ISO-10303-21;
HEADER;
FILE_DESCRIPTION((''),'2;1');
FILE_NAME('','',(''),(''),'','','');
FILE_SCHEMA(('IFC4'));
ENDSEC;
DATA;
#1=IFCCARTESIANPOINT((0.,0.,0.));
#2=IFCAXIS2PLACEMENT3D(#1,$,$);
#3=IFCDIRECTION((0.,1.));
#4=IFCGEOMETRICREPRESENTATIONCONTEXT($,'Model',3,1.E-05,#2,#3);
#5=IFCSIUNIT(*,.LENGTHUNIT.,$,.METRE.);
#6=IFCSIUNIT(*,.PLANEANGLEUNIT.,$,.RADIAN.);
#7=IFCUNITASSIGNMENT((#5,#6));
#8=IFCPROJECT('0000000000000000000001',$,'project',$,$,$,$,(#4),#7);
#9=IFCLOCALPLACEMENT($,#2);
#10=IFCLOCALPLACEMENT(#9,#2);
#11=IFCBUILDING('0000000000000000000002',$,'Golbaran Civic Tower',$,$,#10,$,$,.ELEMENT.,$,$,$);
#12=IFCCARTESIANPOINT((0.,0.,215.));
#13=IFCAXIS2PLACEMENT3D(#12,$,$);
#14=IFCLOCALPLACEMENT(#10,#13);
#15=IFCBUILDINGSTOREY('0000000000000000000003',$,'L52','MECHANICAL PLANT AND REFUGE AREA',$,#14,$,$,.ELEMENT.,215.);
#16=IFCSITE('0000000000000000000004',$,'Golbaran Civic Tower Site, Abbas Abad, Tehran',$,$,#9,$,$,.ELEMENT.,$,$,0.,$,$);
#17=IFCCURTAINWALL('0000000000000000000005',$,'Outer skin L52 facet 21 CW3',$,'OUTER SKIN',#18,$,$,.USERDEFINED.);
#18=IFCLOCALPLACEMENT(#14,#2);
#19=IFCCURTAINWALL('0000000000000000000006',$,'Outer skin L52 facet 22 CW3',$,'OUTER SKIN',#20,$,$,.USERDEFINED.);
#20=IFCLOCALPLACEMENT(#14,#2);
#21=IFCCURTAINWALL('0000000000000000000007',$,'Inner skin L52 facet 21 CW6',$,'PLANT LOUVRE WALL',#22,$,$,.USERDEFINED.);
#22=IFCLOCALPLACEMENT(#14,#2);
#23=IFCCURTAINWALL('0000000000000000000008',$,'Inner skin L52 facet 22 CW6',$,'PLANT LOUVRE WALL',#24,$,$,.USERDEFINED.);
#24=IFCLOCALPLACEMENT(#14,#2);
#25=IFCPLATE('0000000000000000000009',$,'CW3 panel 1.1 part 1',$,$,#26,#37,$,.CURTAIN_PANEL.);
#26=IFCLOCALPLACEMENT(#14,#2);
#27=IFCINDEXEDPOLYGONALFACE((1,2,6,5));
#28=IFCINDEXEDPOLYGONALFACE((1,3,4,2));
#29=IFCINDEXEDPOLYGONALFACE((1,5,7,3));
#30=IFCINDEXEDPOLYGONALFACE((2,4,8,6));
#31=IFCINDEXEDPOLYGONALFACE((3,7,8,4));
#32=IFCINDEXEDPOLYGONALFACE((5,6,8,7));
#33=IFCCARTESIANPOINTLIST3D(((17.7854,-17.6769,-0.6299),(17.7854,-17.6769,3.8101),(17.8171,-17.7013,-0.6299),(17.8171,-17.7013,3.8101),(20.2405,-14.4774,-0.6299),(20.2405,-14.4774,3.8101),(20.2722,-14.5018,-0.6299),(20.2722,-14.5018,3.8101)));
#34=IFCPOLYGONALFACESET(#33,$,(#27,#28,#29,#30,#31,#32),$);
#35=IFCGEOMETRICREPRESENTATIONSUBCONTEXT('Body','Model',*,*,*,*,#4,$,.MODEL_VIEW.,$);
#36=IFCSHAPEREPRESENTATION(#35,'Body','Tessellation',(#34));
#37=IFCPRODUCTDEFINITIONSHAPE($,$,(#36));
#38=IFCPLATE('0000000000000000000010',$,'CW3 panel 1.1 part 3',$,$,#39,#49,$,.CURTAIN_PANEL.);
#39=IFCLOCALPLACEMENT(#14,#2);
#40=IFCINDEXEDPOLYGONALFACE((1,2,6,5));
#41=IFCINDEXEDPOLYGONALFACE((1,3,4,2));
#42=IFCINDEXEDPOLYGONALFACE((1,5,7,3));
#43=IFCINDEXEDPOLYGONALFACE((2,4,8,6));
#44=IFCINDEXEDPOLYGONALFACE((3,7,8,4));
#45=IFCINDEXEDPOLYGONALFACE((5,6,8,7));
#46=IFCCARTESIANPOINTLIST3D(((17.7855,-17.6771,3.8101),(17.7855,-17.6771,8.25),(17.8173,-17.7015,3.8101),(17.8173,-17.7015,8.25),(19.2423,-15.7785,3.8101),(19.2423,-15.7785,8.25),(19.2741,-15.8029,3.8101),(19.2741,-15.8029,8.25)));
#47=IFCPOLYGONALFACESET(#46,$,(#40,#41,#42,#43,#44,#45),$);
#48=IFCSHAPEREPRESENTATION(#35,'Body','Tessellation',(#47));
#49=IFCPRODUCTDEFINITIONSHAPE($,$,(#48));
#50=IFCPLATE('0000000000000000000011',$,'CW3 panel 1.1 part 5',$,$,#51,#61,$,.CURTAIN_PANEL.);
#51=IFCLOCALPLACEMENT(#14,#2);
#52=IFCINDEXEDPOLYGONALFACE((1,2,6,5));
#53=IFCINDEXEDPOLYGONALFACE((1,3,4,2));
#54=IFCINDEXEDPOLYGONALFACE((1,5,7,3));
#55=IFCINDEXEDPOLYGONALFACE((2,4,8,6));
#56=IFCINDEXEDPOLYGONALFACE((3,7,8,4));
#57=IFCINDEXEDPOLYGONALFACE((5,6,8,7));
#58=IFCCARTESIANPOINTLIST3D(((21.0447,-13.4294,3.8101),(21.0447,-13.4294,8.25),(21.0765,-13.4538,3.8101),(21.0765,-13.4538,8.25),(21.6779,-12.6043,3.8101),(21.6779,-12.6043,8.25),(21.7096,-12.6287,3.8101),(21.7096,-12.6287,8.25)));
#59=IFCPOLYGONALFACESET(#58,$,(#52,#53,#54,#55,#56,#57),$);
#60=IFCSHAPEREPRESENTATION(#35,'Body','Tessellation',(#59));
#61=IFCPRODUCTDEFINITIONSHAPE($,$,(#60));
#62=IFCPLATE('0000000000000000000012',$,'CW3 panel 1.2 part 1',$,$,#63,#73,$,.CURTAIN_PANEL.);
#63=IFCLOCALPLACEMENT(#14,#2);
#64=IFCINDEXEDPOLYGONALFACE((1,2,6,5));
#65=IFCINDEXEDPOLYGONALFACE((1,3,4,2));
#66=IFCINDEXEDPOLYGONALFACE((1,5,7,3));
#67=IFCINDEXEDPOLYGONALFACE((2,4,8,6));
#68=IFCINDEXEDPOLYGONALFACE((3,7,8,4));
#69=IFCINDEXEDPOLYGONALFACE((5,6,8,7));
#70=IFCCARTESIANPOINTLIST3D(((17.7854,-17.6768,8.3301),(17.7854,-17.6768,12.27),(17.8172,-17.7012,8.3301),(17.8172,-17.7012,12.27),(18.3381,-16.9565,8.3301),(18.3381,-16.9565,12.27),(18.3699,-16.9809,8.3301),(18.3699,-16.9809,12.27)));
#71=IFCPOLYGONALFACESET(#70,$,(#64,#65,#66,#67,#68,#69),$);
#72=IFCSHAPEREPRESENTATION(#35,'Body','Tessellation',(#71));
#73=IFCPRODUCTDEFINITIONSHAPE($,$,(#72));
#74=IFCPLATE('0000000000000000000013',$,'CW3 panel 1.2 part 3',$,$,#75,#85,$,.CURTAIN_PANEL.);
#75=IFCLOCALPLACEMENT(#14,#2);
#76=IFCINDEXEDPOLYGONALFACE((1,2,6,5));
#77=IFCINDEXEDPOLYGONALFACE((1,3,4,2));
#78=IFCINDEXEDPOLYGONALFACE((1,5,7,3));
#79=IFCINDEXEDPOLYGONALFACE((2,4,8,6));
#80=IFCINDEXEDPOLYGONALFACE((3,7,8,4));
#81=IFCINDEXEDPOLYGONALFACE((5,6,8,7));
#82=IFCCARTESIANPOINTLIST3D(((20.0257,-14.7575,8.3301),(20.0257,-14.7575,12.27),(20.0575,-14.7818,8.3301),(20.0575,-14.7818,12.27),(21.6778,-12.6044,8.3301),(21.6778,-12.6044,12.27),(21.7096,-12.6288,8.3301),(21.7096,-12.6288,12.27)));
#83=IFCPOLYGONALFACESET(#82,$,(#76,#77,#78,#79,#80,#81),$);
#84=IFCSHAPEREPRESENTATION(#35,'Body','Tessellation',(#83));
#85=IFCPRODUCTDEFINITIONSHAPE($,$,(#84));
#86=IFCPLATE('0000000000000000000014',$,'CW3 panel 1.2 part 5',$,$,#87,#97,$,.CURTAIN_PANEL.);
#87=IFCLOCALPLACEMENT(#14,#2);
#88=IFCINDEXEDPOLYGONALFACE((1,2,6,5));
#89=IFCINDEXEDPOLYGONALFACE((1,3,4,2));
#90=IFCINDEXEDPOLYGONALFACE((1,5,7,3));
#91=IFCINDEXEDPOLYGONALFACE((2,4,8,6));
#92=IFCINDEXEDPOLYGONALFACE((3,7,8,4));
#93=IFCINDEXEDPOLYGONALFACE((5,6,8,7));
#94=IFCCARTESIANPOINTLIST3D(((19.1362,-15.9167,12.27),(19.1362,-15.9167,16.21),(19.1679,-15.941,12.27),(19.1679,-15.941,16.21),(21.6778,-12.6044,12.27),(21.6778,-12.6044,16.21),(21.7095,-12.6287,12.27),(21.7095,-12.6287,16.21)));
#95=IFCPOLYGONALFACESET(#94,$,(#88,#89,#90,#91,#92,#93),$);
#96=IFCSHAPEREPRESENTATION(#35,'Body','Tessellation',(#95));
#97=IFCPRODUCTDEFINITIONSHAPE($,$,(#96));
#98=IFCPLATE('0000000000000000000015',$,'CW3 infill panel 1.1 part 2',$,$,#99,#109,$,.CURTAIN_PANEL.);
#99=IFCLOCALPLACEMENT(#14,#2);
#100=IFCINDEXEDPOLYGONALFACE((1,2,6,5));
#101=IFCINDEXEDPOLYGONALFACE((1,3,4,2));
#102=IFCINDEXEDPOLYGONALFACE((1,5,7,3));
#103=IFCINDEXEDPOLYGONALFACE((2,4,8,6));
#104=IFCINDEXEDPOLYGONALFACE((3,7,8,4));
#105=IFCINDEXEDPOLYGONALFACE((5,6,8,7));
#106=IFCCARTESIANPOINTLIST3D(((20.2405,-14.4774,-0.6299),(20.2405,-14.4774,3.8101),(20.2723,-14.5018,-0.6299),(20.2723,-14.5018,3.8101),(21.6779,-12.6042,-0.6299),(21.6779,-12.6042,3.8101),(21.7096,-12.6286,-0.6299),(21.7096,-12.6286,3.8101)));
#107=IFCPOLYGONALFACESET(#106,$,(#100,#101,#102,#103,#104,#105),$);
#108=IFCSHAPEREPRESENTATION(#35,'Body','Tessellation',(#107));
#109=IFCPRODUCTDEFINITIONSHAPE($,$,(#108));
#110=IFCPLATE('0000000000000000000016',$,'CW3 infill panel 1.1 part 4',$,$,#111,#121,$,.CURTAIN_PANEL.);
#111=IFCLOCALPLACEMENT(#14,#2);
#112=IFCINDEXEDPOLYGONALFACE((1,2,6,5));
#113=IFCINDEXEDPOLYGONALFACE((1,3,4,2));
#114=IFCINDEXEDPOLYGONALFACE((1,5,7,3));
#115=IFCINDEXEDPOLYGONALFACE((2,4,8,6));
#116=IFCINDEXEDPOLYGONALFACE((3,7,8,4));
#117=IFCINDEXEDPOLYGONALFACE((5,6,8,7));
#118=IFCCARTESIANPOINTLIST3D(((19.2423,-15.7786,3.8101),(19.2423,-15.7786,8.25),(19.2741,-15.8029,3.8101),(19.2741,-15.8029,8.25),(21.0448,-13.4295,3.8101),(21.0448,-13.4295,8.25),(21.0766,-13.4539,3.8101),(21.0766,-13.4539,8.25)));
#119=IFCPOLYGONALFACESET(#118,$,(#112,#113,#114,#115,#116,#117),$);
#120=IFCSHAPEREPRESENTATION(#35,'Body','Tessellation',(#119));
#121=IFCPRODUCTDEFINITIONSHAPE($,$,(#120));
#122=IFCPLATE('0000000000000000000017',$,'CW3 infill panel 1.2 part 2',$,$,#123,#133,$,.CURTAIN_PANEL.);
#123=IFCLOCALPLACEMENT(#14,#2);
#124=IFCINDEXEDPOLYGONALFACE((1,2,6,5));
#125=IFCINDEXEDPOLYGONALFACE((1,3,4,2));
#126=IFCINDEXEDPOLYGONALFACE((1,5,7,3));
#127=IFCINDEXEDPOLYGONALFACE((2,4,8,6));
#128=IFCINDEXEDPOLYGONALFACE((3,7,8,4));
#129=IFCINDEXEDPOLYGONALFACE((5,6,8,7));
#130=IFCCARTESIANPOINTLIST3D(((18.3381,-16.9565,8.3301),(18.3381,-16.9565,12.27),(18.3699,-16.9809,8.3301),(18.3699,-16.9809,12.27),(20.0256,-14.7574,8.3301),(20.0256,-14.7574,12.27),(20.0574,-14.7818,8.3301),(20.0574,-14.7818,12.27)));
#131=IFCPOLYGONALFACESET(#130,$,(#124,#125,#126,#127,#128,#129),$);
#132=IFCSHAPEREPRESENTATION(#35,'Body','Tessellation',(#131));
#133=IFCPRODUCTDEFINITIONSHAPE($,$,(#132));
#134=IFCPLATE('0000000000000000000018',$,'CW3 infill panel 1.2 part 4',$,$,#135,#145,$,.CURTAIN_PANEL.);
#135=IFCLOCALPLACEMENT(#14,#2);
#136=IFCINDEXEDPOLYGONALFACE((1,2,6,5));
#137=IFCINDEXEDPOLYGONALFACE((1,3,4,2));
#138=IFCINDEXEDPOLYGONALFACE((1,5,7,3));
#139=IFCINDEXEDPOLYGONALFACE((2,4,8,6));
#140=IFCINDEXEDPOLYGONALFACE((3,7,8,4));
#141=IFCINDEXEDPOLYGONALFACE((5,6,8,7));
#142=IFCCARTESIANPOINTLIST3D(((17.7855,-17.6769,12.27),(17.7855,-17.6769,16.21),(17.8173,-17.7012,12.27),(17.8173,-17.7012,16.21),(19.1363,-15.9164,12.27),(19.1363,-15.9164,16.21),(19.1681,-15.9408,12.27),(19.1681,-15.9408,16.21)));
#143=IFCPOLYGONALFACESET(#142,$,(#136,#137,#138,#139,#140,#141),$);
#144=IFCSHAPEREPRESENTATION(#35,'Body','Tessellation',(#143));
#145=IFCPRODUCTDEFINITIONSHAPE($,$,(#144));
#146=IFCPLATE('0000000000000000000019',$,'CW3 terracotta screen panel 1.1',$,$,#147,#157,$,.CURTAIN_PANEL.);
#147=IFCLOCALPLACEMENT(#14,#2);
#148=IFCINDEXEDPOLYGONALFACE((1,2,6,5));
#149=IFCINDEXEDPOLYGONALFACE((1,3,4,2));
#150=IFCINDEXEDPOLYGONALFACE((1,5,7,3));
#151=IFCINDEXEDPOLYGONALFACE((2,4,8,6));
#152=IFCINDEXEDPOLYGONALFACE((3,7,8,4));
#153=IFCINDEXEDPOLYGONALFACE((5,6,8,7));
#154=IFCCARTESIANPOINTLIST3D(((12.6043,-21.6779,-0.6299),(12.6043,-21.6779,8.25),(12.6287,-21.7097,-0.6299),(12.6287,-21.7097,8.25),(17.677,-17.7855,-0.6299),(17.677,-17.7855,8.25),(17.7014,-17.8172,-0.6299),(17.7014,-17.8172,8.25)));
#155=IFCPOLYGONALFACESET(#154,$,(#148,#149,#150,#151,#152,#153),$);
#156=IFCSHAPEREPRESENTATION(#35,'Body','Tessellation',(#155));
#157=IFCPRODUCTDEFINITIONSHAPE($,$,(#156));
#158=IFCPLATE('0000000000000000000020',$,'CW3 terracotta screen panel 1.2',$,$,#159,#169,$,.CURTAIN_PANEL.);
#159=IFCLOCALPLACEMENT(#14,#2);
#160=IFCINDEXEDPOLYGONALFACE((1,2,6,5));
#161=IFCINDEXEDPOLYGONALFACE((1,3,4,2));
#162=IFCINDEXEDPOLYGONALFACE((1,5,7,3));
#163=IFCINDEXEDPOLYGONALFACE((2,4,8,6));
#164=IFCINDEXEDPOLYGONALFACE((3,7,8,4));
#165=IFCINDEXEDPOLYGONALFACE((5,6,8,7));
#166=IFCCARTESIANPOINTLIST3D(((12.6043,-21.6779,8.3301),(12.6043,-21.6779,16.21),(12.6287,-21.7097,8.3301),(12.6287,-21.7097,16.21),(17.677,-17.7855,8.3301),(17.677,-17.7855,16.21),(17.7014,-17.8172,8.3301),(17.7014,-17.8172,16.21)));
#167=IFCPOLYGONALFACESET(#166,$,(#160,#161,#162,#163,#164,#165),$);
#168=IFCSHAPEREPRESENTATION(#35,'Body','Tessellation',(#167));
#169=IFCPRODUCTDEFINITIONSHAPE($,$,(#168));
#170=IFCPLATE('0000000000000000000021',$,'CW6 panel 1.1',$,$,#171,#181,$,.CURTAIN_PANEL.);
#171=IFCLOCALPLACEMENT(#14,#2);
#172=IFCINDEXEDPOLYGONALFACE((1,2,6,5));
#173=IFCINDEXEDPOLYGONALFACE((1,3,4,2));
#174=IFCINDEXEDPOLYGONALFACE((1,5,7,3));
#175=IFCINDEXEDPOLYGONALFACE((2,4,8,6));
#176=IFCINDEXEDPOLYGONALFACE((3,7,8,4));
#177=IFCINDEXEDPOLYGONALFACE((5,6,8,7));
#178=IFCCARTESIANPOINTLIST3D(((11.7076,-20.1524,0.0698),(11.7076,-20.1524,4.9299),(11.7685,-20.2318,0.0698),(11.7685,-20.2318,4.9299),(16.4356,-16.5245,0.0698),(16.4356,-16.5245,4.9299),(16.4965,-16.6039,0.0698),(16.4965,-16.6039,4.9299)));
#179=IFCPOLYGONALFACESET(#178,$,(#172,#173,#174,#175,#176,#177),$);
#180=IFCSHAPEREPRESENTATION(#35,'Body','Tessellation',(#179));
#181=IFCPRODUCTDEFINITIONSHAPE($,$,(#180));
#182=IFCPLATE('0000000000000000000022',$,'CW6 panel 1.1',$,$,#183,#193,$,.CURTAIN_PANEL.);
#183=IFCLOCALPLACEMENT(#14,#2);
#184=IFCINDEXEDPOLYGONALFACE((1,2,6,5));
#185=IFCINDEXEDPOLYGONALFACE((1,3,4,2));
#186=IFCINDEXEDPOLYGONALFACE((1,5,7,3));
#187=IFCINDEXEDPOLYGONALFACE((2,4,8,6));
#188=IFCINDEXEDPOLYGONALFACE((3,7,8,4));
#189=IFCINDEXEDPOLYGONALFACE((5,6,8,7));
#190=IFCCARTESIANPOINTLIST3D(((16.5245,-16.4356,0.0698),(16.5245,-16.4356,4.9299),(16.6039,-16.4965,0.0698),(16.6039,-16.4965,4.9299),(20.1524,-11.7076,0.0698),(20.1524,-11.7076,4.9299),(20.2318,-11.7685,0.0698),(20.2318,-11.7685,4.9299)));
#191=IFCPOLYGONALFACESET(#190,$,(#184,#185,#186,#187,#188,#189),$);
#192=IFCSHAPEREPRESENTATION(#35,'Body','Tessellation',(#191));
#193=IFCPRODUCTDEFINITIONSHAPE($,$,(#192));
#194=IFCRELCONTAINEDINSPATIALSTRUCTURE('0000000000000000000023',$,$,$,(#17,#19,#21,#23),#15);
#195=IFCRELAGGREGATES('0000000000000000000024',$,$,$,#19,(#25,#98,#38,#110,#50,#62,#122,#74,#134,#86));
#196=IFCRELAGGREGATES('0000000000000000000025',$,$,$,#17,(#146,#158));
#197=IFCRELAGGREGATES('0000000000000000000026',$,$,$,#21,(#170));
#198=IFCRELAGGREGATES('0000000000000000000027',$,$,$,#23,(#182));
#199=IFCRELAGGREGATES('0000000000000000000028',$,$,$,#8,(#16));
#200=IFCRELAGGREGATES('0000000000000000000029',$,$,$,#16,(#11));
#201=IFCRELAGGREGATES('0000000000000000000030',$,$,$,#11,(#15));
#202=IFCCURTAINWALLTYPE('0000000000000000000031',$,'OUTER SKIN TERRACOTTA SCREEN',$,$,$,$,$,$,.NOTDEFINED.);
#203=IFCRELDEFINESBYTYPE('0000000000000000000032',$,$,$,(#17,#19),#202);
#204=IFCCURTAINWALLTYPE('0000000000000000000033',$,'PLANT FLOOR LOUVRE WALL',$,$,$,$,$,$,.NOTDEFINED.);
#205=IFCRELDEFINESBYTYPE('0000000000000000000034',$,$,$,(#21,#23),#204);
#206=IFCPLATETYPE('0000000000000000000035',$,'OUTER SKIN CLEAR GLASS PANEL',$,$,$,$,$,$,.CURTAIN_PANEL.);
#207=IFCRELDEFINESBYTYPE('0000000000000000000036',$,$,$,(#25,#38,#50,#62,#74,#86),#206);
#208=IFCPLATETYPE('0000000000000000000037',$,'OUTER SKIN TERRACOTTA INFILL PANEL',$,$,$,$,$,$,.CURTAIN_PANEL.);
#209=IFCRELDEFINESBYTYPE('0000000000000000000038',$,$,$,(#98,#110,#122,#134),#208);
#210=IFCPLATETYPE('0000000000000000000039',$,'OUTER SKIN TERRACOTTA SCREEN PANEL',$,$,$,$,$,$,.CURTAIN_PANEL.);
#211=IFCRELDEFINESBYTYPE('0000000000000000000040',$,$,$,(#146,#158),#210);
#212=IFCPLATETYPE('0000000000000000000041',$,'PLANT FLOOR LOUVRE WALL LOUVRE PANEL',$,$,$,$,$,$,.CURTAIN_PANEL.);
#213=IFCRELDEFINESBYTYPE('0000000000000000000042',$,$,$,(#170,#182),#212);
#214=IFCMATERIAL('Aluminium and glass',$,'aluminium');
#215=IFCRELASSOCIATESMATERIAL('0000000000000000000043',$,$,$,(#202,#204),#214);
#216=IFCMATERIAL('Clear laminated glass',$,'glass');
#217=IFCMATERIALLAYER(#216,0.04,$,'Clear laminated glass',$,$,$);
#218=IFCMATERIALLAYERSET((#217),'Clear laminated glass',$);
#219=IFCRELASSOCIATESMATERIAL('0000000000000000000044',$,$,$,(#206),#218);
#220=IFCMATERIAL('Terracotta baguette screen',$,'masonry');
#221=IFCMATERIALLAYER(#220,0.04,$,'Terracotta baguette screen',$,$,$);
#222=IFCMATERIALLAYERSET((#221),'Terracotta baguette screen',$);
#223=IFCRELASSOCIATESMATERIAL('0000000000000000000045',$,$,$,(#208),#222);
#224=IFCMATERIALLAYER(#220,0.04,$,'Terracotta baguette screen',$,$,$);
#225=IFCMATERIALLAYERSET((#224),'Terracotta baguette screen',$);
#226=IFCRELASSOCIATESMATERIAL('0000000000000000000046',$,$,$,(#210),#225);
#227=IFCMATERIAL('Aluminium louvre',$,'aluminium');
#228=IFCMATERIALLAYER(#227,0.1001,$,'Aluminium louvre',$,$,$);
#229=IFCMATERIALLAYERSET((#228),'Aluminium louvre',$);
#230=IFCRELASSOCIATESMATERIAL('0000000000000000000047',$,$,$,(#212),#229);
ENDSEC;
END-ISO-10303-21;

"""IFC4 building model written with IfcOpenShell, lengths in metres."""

from ifc_helpers import new_model, si_unit, direction, frame, origin, origin_2d, place, context, subcontext, project, spatial, rectangle, extrude, material, layer, layer_set, type_object, element, aggregate, save


model = new_model("IFC4")

# Units and contexts
model_context = context("Model", 3, precision=1e-05, world=origin(), true_north=direction((0.0, 1.0)))
body_context = subcontext(model_context, "Body", "Model", "MODEL_VIEW")
ifc_project = project(units=[si_unit("LENGTHUNIT", "METRE"), si_unit("PLANEANGLEUNIT", "RADIAN")], contexts=[model_context])

# Site, building, storey
site_placement = place(None, origin())
site = spatial("IfcSite", under=ifc_project, at=site_placement, Name="Golbaran Civic Tower Site, Abbas Abad, Tehran", CompositionType="ELEMENT", RefElevation=0.0)
building_placement = place(site_placement, origin())
building = spatial("IfcBuilding", under=site, at=building_placement, Name="Golbaran Civic Tower", CompositionType="ELEMENT")
storey_placement = place(building_placement, frame((0.0, 0.0, 215.0)))
storey = spatial("IfcBuildingStorey", under=building, at=storey_placement, Name="L52", Description="MECHANICAL PLANT AND REFUGE AREA", CompositionType="ELEMENT", Elevation=215.0)

# Curtain walls
ifc_material_1 = material(Name="Aluminium and glass", Category="aluminium")
curtain_wall_type_1 = type_object("IfcCurtainWallType", Name="OUTER SKIN TERRACOTTA SCREEN", PredefinedType="NOTDEFINED", material=ifc_material_1)
curtain_wall_1_placement = place(storey_placement, origin())
curtain_wall_1 = element("IfcCurtainWall", 1, at=curtain_wall_1_placement, inside=storey, type_object=curtain_wall_type_1, Name="Outer skin L52 facet 21 CW3", ObjectType="OUTER SKIN", PredefinedType="USERDEFINED")
curtain_wall_2_placement = place(storey_placement, origin())
curtain_wall_2 = element("IfcCurtainWall", 2, at=curtain_wall_2_placement, inside=storey, type_object=curtain_wall_type_1, Name="Outer skin L52 facet 22 CW3", ObjectType="OUTER SKIN", PredefinedType="USERDEFINED")

# Curtain wall
curtain_wall_type_2 = type_object("IfcCurtainWallType", Name="PLANT FLOOR LOUVRE WALL", PredefinedType="NOTDEFINED", material=ifc_material_1)
curtain_wall_3_placement = place(storey_placement, origin())
curtain_wall_3 = element("IfcCurtainWall", 3, at=curtain_wall_3_placement, inside=storey, type_object=curtain_wall_type_2, Name="Inner skin L52 facet 21 CW6", ObjectType="PLANT LOUVRE WALL", PredefinedType="USERDEFINED")

# Curtain wall
curtain_wall_4_placement = place(storey_placement, origin())
curtain_wall_4 = element("IfcCurtainWall", 4, at=curtain_wall_4_placement, inside=storey, type_object=curtain_wall_type_2, Name="Inner skin L52 facet 22 CW6", ObjectType="PLANT LOUVRE WALL", PredefinedType="USERDEFINED")

# Plates
ifc_material_2 = material(Name="Clear laminated glass", Category="glass")
ifc_layer_1 = layer(ifc_material_2, 0.04, Name="Clear laminated glass")
ifc_layer_set_1 = layer_set([ifc_layer_1], Name="Clear laminated glass")
plate_type_1 = type_object("IfcPlateType", Name="OUTER SKIN CLEAR GLASS PANEL", PredefinedType="CURTAIN_PANEL", material=ifc_layer_set_1)
plate_1_placement = place(storey_placement, frame((19.0288, -16.0894, -0.6299), z_axis=(0.0, 0.0, 1.0), x_axis=(0.608761, 0.793353, 0.0)))
plate_1 = element("IfcPlate", 5, at=plate_1_placement, type_object=plate_type_1, Name="CW3 panel 1.1 part 1", PredefinedType="CURTAIN_PANEL", context=body_context, shape_type="SweptSolid", body=[
    extrude(rectangle(XDim=4.033, YDim=0.04, at=origin_2d()), origin(), (0.0, 0.0, 1.0), 4.4399),
])
plate_2_placement = place(storey_placement, frame((18.5298, -16.74, 3.8101), z_axis=(0.0, 0.0, 1.0), x_axis=(0.608761, 0.793353, 0.0)))
plate_2 = element("IfcPlate", 6, at=plate_2_placement, type_object=plate_type_1, Name="CW3 panel 1.1 part 3", PredefinedType="CURTAIN_PANEL", context=body_context, shape_type="SweptSolid", body=[
    extrude(rectangle(XDim=2.3931, YDim=0.04, at=origin_2d()), origin(), (0.0, 0.0, 1.0), 4.4399),
])
plate_3_placement = place(storey_placement, frame((21.3772, -13.0291, 3.8101), z_axis=(0.0, 0.0, 1.0), x_axis=(0.608761, 0.793353, 0.0)))
plate_3 = element("IfcPlate", 7, at=plate_3_placement, type_object=plate_type_1, Name="CW3 panel 1.1 part 5", PredefinedType="CURTAIN_PANEL", context=body_context, shape_type="SweptSolid", body=[
    extrude(rectangle(XDim=1.04, YDim=0.04, at=origin_2d()), origin(), (0.0, 0.0, 1.0), 4.4399),
])
plate_4_placement = place(storey_placement, frame((18.0776, -17.3289, 8.3301), z_axis=(0.0, 0.0, 1.0), x_axis=(0.608761, 0.793353, 0.0)))
plate_4 = element("IfcPlate", 8, at=plate_4_placement, type_object=plate_type_1, Name="CW3 panel 1.2 part 1", PredefinedType="CURTAIN_PANEL", context=body_context, shape_type="SweptSolid", body=[
    extrude(rectangle(XDim=0.908, YDim=0.04, at=origin_2d()), origin(), (0.0, 0.0, 1.0), 3.9399),
])
plate_5_placement = place(storey_placement, frame((20.8677, -13.6931, 8.3301), z_axis=(0.0, 0.0, 1.0), x_axis=(0.608761, 0.793353, 0.0)))
plate_5 = element("IfcPlate", 9, at=plate_5_placement, type_object=plate_type_1, Name="CW3 panel 1.2 part 3", PredefinedType="CURTAIN_PANEL", context=body_context, shape_type="SweptSolid", body=[
    extrude(rectangle(XDim=2.7139, YDim=0.04, at=origin_2d()), origin(), (0.0, 0.0, 1.0), 3.9399),
])
plate_6_placement = place(storey_placement, frame((20.4229, -14.2727, 12.27), z_axis=(0.0, 0.0, 1.0), x_axis=(0.608761, 0.793353, 0.0)))
plate_6 = element("IfcPlate", 10, at=plate_6_placement, type_object=plate_type_1, Name="CW3 panel 1.2 part 5", PredefinedType="CURTAIN_PANEL", context=body_context, shape_type="SweptSolid", body=[
    extrude(rectangle(XDim=4.175, YDim=0.04, at=origin_2d()), origin(), (0.0, 0.0, 1.0), 3.9399),
])
ifc_material_3 = material(Name="Terracotta baguette screen", Category="masonry")
ifc_layer_2 = layer(ifc_material_3, 0.04, Name="Terracotta baguette screen")
ifc_layer_set_2 = layer_set([ifc_layer_2], Name="Terracotta baguette screen")
plate_type_2 = type_object("IfcPlateType", Name="OUTER SKIN TERRACOTTA INFILL PANEL", PredefinedType="CURTAIN_PANEL", material=ifc_layer_set_2)
plate_7_placement = place(storey_placement, frame((20.9751, -13.553, -0.6299), z_axis=(0.0, 0.0, 1.0), x_axis=(0.608761, 0.793353, 0.0)))
plate_7 = element("IfcPlate", 11, at=plate_7_placement, type_object=plate_type_2, Name="CW3 infill panel 1.1 part 2", PredefinedType="CURTAIN_PANEL", context=body_context, shape_type="SweptSolid", body=[
    extrude(rectangle(XDim=2.3611, YDim=0.04, at=origin_2d()), origin(), (0.0, 0.0, 1.0), 4.4399),
])
plate_8_placement = place(storey_placement, frame((20.1594, -14.6162, 3.8101), z_axis=(0.0, 0.0, 1.0), x_axis=(0.608761, 0.793353, 0.0)))
plate_8 = element("IfcPlate", 12, at=plate_8_placement, type_object=plate_type_2, Name="CW3 infill panel 1.1 part 4", PredefinedType="CURTAIN_PANEL", context=body_context, shape_type="SweptSolid", body=[
    extrude(rectangle(XDim=2.9609, YDim=0.04, at=origin_2d()), origin(), (0.0, 0.0, 1.0), 4.4399),
])
plate_9_placement = place(storey_placement, frame((19.1978, -15.8691, 8.3301), z_axis=(0.0, 0.0, 1.0), x_axis=(0.608761, 0.793353, 0.0)))
plate_9 = element("IfcPlate", 13, at=plate_9_placement, type_object=plate_type_2, Name="CW3 infill panel 1.2 part 2", PredefinedType="CURTAIN_PANEL", context=body_context, shape_type="SweptSolid", body=[
    extrude(rectangle(XDim=2.772, YDim=0.04, at=origin_2d()), origin(), (0.0, 0.0, 1.0), 3.9399),
])
plate_10_placement = place(storey_placement, frame((18.4768, -16.8088, 12.27), z_axis=(0.0, 0.0, 1.0), x_axis=(0.608761, 0.793353, 0.0)))
plate_10 = element("IfcPlate", 14, at=plate_10_placement, type_object=plate_type_2, Name="CW3 infill panel 1.2 part 4", PredefinedType="CURTAIN_PANEL", context=body_context, shape_type="SweptSolid", body=[
    extrude(rectangle(XDim=2.219, YDim=0.04, at=origin_2d()), origin(), (0.0, 0.0, 1.0), 3.9399),
])
aggregate(curtain_wall_2, [plate_1, plate_7, plate_2, plate_8, plate_3, plate_4, plate_9, plate_5, plate_10, plate_6])
ifc_layer_3 = layer(ifc_material_3, 0.04, Name="Terracotta baguette screen")
ifc_layer_set_3 = layer_set([ifc_layer_3], Name="Terracotta baguette screen")
plate_type_3 = type_object("IfcPlateType", Name="OUTER SKIN TERRACOTTA SCREEN PANEL", PredefinedType="CURTAIN_PANEL", material=ifc_layer_set_3)
plate_11_placement = place(storey_placement, frame((15.1528, -19.7476, -0.6299), z_axis=(0.0, 0.0, 1.0), x_axis=(0.793353, 0.608761, 0.0)))
plate_11 = element("IfcPlate", 15, at=plate_11_placement, type_object=plate_type_3, Name="CW3 terracotta screen panel 1.1", PredefinedType="CURTAIN_PANEL", context=body_context, shape_type="SweptSolid", body=[
    extrude(rectangle(XDim=6.394, YDim=0.04, at=origin_2d()), origin(), (0.0, 0.0, 1.0), 8.8799),
])
plate_12_placement = place(storey_placement, frame((15.1528, -19.7476, 8.3301), z_axis=(0.0, 0.0, 1.0), x_axis=(0.793353, 0.608761, 0.0)))
plate_12 = element("IfcPlate", 16, at=plate_12_placement, type_object=plate_type_3, Name="CW3 terracotta screen panel 1.2", PredefinedType="CURTAIN_PANEL", context=body_context, shape_type="SweptSolid", body=[
    extrude(rectangle(XDim=6.394, YDim=0.04, at=origin_2d()), origin(), (0.0, 0.0, 1.0), 7.8799),
])
aggregate(curtain_wall_1, [plate_11, plate_12])
ifc_material_4 = material(Name="Aluminium louvre", Category="aluminium")
ifc_layer_4 = layer(ifc_material_4, 0.1001, Name="Aluminium louvre")
ifc_layer_set_4 = layer_set([ifc_layer_4], Name="Aluminium louvre")
plate_type_4 = type_object("IfcPlateType", Name="PLANT FLOOR LOUVRE WALL LOUVRE PANEL", PredefinedType="CURTAIN_PANEL", material=ifc_layer_set_4)
plate_13_placement = place(storey_placement, frame((14.1021, -18.3782, 0.0698), z_axis=(0.0, 0.0, 1.0), x_axis=(0.793353, 0.608761, 0.0)))
plate_13 = element("IfcPlate", 17, at=plate_13_placement, type_object=plate_type_4, Name="CW6 panel 1.1", PredefinedType="CURTAIN_PANEL", context=body_context, shape_type="SweptSolid", body=[
    extrude(rectangle(XDim=5.9595, YDim=0.1001, at=origin_2d()), origin(), (0.0, 0.0, 1.0), 4.8601),
])
aggregate(curtain_wall_3, [plate_13])
plate_14_placement = place(storey_placement, frame((18.3782, -14.1021, 0.0698), z_axis=(0.0, 0.0, 1.0), x_axis=(0.608761, 0.793353, 0.0)))
plate_14 = element("IfcPlate", 18, at=plate_14_placement, type_object=plate_type_4, Name="CW6 panel 1.1", PredefinedType="CURTAIN_PANEL", context=body_context, shape_type="SweptSolid", body=[
    extrude(rectangle(XDim=5.9595, YDim=0.1001, at=origin_2d()), origin(), (0.0, 0.0, 1.0), 4.8601),
])
aggregate(curtain_wall_4, [plate_14])

save(model, "model.ifc")
